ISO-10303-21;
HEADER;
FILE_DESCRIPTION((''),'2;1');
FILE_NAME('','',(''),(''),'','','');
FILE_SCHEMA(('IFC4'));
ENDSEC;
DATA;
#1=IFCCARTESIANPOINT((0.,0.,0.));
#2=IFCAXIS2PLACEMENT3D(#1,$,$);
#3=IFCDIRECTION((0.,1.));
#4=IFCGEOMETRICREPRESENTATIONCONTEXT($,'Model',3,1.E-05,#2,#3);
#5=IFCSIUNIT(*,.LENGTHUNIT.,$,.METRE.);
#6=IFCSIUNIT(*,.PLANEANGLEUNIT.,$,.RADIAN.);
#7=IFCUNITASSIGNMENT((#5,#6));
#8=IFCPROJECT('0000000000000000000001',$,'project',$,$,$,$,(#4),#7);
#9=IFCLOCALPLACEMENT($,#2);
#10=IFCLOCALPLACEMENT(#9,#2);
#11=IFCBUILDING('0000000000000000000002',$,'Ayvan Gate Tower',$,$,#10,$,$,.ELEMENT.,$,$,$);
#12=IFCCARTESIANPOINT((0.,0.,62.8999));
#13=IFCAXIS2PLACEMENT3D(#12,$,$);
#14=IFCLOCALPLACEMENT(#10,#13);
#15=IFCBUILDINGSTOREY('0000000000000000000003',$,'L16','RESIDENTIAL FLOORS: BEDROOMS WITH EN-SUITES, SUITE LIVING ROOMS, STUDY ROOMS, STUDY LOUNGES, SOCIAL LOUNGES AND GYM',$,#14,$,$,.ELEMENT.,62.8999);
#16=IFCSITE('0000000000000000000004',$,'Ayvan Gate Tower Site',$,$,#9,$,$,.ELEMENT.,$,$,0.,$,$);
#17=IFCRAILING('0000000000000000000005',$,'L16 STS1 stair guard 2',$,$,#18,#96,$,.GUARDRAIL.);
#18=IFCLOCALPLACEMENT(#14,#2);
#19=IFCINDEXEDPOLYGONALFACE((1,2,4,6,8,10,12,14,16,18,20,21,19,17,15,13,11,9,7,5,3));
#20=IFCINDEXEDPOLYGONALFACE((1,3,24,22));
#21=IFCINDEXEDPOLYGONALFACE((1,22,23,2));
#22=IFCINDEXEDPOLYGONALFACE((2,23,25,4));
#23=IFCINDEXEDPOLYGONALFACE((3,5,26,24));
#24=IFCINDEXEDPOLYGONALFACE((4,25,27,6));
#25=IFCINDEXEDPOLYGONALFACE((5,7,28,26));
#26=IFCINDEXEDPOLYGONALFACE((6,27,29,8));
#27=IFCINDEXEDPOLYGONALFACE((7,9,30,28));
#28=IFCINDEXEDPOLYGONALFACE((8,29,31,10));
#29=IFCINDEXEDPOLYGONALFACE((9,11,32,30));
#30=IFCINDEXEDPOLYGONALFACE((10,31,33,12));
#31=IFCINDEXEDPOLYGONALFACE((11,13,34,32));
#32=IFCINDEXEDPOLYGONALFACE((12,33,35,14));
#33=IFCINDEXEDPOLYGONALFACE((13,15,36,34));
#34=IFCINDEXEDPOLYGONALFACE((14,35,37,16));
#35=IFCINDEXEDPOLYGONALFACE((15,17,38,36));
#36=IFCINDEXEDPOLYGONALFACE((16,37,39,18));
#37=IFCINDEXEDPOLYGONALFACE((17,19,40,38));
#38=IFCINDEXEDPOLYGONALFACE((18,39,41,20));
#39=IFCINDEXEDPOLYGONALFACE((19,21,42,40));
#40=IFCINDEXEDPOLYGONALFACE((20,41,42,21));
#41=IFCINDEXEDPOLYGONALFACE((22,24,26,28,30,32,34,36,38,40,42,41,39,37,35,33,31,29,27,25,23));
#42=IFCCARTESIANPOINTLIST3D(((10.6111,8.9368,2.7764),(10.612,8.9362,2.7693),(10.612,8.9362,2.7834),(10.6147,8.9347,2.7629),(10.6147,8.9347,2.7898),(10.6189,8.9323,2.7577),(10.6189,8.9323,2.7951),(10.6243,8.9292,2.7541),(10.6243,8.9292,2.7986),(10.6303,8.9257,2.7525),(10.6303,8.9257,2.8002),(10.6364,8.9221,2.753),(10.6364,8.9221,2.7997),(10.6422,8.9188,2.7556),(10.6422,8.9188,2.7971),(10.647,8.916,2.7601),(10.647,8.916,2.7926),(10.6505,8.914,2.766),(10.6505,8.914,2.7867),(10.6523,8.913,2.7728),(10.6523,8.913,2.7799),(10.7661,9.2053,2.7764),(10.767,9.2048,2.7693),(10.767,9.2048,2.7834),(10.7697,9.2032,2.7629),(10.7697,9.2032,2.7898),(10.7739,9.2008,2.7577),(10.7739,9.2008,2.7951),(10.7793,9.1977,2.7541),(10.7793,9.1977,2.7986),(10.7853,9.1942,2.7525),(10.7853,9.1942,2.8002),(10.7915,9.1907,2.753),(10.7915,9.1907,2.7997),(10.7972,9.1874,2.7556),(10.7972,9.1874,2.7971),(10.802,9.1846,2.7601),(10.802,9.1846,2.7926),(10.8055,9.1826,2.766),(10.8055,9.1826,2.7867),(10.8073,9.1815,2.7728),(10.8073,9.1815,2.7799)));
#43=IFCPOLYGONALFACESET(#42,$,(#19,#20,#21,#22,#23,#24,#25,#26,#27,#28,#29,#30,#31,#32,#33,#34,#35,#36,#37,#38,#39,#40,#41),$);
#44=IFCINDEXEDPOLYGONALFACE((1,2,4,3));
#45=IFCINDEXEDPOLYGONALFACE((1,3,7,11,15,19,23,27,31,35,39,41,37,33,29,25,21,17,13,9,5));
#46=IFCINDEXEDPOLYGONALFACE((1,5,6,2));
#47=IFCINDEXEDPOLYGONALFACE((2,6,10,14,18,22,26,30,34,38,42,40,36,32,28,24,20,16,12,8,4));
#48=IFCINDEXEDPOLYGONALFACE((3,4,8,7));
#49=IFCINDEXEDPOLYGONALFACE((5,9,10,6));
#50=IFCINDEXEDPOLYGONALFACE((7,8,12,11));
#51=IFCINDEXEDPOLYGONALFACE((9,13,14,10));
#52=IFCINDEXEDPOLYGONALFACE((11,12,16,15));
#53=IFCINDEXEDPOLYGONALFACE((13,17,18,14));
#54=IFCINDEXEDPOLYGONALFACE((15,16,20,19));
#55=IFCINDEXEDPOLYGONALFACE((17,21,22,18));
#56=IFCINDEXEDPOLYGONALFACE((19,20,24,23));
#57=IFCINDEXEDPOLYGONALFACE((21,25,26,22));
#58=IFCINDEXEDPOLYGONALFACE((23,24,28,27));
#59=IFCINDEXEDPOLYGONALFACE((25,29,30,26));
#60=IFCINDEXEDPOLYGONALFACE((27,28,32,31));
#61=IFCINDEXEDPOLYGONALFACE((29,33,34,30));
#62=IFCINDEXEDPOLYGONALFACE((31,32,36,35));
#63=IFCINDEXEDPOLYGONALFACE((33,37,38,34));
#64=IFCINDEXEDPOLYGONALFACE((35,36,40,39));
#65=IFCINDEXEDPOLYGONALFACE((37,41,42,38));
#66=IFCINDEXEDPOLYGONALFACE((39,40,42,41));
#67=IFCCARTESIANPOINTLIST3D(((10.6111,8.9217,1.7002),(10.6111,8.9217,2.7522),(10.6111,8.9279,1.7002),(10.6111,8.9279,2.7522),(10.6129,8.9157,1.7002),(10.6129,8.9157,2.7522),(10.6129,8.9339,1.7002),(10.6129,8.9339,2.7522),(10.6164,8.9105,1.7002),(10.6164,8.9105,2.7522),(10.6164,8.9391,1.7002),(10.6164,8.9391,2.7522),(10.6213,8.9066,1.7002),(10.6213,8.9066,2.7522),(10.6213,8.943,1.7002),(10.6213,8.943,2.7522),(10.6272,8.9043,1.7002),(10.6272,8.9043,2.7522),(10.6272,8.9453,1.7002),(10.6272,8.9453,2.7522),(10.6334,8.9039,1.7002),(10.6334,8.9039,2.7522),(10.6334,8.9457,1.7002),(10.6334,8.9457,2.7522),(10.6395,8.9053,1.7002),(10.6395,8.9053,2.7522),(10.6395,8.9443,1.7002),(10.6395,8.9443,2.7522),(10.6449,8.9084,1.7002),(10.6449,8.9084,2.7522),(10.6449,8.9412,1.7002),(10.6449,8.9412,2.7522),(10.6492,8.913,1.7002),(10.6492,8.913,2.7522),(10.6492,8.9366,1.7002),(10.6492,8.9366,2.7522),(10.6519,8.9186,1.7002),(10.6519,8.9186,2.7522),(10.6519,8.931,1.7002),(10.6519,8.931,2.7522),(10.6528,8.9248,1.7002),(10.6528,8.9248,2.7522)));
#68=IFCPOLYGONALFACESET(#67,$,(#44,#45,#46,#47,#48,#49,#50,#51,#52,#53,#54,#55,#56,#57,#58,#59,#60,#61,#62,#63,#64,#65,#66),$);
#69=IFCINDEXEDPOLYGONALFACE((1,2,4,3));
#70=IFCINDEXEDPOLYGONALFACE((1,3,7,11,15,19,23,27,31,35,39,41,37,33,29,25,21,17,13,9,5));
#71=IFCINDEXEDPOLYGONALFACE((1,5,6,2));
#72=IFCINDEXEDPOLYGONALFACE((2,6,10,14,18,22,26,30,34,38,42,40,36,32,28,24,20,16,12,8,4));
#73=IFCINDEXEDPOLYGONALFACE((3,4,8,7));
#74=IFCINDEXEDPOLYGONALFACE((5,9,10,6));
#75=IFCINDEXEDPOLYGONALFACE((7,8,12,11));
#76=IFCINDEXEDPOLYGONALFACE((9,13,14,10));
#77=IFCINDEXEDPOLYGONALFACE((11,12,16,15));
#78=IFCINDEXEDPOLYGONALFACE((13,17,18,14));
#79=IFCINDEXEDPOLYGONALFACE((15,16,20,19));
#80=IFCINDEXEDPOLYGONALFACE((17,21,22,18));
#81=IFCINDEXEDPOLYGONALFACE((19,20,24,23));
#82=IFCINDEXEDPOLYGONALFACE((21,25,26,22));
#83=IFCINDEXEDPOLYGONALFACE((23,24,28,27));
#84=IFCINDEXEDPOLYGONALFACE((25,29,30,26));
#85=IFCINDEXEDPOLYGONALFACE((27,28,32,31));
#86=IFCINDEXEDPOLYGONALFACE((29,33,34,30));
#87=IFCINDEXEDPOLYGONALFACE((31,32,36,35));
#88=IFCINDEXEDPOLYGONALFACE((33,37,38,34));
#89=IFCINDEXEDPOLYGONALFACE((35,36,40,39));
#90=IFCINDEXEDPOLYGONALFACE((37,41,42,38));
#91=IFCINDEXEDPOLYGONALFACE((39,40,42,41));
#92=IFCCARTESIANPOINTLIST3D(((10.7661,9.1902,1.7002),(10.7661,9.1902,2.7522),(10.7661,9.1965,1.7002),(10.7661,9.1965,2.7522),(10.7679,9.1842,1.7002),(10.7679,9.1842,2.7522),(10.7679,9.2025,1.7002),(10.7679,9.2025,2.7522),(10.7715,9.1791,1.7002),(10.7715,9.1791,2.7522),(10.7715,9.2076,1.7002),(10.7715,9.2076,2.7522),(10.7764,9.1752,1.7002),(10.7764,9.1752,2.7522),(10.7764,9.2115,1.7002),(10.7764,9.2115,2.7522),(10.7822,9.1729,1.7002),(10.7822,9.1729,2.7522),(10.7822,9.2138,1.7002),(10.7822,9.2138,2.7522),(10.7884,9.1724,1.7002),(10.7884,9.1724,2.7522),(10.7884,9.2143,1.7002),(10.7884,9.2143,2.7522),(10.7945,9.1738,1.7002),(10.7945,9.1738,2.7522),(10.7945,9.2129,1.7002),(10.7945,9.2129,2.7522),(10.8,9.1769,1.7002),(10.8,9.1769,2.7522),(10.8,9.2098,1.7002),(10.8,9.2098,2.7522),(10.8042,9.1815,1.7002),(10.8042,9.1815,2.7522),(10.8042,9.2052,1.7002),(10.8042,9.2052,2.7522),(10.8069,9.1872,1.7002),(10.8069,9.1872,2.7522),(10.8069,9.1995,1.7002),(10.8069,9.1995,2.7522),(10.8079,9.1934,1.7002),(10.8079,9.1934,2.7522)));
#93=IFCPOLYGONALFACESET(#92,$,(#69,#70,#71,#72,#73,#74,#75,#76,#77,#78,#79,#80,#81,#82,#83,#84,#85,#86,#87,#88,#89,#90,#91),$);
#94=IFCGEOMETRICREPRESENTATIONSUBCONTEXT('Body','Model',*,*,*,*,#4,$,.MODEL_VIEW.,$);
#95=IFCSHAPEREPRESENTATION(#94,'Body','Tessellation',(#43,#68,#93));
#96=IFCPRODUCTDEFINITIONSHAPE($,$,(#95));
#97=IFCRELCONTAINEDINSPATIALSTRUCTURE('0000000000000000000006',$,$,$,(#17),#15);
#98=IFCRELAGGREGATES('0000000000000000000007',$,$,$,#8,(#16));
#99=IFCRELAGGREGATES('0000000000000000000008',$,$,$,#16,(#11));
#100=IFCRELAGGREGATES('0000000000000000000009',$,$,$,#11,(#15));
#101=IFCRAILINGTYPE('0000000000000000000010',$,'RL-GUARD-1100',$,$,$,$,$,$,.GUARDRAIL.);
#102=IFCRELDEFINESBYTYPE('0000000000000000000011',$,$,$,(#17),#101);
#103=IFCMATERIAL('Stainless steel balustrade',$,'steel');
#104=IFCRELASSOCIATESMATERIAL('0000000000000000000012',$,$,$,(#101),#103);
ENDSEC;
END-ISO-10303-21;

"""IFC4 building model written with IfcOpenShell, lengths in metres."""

from ifc_helpers import new_model, si_unit, direction, frame, origin, origin_2d, place, context, subcontext, project, spatial, circle, extrude, material, type_object, element, save


model = new_model("IFC4")

# Units and contexts
model_context = context("Model", 3, precision=1e-05, world=origin(), true_north=direction((0.0, 1.0)))
body_context = subcontext(model_context, "Body", "Model", "MODEL_VIEW")
ifc_project = project(units=[si_unit("LENGTHUNIT", "METRE"), si_unit("PLANEANGLEUNIT", "RADIAN")], contexts=[model_context])

# Site, building, storey
site_placement = place(None, origin())
site = spatial("IfcSite", under=ifc_project, at=site_placement, Name="Ayvan Gate Tower Site", CompositionType="ELEMENT", RefElevation=0.0)
building_placement = place(site_placement, origin())
building = spatial("IfcBuilding", under=site, at=building_placement, Name="Ayvan Gate Tower", CompositionType="ELEMENT")
storey_placement = place(building_placement, frame((0.0, 0.0, 62.8999)))
storey = spatial("IfcBuildingStorey", under=building, at=storey_placement, Name="L16", Description="RESIDENTIAL FLOORS: BEDROOMS WITH EN-SUITES, SUITE LIVING ROOMS, STUDY ROOMS, STUDY LOUNGES, SOCIAL LOUNGES AND GYM", CompositionType="ELEMENT", Elevation=62.8999)

# Railing
ifc_material_1 = material(Name="Stainless steel balustrade", Category="steel")
railing_type_1 = type_object("IfcRailingType", Name="RL-GUARD-1100", PredefinedType="GUARDRAIL", material=ifc_material_1)
railing_1_placement = place(storey_placement, frame((10.6318, 8.9248, 1.7002)))
element("IfcRailing", 1, at=railing_1_placement, inside=storey, type_object=railing_type_1, Name="L16 STS1 stair guard 2", PredefinedType="GUARDRAIL", context=body_context, shape_type="SweptSolid", body=[
    extrude(circle(Radius=0.0239, at=origin_2d()), frame((0.0, 0.0, 1.0762), z_axis=(0.49995, 0.866054, 0.0), x_axis=(-0.866054, 0.49995, 0.0)), (0.0, 0.0, 1.0), 0.3101),
    extrude(circle(Radius=0.021, at=origin_2d()), origin(), (0.0, 0.0, 1.0), 1.052),
    extrude(circle(Radius=0.021, at=origin_2d()), frame((0.155, 0.2686, 0.0)), (0.0, 0.0, 1.0), 1.052),
])

save(model, "model.ifc")
